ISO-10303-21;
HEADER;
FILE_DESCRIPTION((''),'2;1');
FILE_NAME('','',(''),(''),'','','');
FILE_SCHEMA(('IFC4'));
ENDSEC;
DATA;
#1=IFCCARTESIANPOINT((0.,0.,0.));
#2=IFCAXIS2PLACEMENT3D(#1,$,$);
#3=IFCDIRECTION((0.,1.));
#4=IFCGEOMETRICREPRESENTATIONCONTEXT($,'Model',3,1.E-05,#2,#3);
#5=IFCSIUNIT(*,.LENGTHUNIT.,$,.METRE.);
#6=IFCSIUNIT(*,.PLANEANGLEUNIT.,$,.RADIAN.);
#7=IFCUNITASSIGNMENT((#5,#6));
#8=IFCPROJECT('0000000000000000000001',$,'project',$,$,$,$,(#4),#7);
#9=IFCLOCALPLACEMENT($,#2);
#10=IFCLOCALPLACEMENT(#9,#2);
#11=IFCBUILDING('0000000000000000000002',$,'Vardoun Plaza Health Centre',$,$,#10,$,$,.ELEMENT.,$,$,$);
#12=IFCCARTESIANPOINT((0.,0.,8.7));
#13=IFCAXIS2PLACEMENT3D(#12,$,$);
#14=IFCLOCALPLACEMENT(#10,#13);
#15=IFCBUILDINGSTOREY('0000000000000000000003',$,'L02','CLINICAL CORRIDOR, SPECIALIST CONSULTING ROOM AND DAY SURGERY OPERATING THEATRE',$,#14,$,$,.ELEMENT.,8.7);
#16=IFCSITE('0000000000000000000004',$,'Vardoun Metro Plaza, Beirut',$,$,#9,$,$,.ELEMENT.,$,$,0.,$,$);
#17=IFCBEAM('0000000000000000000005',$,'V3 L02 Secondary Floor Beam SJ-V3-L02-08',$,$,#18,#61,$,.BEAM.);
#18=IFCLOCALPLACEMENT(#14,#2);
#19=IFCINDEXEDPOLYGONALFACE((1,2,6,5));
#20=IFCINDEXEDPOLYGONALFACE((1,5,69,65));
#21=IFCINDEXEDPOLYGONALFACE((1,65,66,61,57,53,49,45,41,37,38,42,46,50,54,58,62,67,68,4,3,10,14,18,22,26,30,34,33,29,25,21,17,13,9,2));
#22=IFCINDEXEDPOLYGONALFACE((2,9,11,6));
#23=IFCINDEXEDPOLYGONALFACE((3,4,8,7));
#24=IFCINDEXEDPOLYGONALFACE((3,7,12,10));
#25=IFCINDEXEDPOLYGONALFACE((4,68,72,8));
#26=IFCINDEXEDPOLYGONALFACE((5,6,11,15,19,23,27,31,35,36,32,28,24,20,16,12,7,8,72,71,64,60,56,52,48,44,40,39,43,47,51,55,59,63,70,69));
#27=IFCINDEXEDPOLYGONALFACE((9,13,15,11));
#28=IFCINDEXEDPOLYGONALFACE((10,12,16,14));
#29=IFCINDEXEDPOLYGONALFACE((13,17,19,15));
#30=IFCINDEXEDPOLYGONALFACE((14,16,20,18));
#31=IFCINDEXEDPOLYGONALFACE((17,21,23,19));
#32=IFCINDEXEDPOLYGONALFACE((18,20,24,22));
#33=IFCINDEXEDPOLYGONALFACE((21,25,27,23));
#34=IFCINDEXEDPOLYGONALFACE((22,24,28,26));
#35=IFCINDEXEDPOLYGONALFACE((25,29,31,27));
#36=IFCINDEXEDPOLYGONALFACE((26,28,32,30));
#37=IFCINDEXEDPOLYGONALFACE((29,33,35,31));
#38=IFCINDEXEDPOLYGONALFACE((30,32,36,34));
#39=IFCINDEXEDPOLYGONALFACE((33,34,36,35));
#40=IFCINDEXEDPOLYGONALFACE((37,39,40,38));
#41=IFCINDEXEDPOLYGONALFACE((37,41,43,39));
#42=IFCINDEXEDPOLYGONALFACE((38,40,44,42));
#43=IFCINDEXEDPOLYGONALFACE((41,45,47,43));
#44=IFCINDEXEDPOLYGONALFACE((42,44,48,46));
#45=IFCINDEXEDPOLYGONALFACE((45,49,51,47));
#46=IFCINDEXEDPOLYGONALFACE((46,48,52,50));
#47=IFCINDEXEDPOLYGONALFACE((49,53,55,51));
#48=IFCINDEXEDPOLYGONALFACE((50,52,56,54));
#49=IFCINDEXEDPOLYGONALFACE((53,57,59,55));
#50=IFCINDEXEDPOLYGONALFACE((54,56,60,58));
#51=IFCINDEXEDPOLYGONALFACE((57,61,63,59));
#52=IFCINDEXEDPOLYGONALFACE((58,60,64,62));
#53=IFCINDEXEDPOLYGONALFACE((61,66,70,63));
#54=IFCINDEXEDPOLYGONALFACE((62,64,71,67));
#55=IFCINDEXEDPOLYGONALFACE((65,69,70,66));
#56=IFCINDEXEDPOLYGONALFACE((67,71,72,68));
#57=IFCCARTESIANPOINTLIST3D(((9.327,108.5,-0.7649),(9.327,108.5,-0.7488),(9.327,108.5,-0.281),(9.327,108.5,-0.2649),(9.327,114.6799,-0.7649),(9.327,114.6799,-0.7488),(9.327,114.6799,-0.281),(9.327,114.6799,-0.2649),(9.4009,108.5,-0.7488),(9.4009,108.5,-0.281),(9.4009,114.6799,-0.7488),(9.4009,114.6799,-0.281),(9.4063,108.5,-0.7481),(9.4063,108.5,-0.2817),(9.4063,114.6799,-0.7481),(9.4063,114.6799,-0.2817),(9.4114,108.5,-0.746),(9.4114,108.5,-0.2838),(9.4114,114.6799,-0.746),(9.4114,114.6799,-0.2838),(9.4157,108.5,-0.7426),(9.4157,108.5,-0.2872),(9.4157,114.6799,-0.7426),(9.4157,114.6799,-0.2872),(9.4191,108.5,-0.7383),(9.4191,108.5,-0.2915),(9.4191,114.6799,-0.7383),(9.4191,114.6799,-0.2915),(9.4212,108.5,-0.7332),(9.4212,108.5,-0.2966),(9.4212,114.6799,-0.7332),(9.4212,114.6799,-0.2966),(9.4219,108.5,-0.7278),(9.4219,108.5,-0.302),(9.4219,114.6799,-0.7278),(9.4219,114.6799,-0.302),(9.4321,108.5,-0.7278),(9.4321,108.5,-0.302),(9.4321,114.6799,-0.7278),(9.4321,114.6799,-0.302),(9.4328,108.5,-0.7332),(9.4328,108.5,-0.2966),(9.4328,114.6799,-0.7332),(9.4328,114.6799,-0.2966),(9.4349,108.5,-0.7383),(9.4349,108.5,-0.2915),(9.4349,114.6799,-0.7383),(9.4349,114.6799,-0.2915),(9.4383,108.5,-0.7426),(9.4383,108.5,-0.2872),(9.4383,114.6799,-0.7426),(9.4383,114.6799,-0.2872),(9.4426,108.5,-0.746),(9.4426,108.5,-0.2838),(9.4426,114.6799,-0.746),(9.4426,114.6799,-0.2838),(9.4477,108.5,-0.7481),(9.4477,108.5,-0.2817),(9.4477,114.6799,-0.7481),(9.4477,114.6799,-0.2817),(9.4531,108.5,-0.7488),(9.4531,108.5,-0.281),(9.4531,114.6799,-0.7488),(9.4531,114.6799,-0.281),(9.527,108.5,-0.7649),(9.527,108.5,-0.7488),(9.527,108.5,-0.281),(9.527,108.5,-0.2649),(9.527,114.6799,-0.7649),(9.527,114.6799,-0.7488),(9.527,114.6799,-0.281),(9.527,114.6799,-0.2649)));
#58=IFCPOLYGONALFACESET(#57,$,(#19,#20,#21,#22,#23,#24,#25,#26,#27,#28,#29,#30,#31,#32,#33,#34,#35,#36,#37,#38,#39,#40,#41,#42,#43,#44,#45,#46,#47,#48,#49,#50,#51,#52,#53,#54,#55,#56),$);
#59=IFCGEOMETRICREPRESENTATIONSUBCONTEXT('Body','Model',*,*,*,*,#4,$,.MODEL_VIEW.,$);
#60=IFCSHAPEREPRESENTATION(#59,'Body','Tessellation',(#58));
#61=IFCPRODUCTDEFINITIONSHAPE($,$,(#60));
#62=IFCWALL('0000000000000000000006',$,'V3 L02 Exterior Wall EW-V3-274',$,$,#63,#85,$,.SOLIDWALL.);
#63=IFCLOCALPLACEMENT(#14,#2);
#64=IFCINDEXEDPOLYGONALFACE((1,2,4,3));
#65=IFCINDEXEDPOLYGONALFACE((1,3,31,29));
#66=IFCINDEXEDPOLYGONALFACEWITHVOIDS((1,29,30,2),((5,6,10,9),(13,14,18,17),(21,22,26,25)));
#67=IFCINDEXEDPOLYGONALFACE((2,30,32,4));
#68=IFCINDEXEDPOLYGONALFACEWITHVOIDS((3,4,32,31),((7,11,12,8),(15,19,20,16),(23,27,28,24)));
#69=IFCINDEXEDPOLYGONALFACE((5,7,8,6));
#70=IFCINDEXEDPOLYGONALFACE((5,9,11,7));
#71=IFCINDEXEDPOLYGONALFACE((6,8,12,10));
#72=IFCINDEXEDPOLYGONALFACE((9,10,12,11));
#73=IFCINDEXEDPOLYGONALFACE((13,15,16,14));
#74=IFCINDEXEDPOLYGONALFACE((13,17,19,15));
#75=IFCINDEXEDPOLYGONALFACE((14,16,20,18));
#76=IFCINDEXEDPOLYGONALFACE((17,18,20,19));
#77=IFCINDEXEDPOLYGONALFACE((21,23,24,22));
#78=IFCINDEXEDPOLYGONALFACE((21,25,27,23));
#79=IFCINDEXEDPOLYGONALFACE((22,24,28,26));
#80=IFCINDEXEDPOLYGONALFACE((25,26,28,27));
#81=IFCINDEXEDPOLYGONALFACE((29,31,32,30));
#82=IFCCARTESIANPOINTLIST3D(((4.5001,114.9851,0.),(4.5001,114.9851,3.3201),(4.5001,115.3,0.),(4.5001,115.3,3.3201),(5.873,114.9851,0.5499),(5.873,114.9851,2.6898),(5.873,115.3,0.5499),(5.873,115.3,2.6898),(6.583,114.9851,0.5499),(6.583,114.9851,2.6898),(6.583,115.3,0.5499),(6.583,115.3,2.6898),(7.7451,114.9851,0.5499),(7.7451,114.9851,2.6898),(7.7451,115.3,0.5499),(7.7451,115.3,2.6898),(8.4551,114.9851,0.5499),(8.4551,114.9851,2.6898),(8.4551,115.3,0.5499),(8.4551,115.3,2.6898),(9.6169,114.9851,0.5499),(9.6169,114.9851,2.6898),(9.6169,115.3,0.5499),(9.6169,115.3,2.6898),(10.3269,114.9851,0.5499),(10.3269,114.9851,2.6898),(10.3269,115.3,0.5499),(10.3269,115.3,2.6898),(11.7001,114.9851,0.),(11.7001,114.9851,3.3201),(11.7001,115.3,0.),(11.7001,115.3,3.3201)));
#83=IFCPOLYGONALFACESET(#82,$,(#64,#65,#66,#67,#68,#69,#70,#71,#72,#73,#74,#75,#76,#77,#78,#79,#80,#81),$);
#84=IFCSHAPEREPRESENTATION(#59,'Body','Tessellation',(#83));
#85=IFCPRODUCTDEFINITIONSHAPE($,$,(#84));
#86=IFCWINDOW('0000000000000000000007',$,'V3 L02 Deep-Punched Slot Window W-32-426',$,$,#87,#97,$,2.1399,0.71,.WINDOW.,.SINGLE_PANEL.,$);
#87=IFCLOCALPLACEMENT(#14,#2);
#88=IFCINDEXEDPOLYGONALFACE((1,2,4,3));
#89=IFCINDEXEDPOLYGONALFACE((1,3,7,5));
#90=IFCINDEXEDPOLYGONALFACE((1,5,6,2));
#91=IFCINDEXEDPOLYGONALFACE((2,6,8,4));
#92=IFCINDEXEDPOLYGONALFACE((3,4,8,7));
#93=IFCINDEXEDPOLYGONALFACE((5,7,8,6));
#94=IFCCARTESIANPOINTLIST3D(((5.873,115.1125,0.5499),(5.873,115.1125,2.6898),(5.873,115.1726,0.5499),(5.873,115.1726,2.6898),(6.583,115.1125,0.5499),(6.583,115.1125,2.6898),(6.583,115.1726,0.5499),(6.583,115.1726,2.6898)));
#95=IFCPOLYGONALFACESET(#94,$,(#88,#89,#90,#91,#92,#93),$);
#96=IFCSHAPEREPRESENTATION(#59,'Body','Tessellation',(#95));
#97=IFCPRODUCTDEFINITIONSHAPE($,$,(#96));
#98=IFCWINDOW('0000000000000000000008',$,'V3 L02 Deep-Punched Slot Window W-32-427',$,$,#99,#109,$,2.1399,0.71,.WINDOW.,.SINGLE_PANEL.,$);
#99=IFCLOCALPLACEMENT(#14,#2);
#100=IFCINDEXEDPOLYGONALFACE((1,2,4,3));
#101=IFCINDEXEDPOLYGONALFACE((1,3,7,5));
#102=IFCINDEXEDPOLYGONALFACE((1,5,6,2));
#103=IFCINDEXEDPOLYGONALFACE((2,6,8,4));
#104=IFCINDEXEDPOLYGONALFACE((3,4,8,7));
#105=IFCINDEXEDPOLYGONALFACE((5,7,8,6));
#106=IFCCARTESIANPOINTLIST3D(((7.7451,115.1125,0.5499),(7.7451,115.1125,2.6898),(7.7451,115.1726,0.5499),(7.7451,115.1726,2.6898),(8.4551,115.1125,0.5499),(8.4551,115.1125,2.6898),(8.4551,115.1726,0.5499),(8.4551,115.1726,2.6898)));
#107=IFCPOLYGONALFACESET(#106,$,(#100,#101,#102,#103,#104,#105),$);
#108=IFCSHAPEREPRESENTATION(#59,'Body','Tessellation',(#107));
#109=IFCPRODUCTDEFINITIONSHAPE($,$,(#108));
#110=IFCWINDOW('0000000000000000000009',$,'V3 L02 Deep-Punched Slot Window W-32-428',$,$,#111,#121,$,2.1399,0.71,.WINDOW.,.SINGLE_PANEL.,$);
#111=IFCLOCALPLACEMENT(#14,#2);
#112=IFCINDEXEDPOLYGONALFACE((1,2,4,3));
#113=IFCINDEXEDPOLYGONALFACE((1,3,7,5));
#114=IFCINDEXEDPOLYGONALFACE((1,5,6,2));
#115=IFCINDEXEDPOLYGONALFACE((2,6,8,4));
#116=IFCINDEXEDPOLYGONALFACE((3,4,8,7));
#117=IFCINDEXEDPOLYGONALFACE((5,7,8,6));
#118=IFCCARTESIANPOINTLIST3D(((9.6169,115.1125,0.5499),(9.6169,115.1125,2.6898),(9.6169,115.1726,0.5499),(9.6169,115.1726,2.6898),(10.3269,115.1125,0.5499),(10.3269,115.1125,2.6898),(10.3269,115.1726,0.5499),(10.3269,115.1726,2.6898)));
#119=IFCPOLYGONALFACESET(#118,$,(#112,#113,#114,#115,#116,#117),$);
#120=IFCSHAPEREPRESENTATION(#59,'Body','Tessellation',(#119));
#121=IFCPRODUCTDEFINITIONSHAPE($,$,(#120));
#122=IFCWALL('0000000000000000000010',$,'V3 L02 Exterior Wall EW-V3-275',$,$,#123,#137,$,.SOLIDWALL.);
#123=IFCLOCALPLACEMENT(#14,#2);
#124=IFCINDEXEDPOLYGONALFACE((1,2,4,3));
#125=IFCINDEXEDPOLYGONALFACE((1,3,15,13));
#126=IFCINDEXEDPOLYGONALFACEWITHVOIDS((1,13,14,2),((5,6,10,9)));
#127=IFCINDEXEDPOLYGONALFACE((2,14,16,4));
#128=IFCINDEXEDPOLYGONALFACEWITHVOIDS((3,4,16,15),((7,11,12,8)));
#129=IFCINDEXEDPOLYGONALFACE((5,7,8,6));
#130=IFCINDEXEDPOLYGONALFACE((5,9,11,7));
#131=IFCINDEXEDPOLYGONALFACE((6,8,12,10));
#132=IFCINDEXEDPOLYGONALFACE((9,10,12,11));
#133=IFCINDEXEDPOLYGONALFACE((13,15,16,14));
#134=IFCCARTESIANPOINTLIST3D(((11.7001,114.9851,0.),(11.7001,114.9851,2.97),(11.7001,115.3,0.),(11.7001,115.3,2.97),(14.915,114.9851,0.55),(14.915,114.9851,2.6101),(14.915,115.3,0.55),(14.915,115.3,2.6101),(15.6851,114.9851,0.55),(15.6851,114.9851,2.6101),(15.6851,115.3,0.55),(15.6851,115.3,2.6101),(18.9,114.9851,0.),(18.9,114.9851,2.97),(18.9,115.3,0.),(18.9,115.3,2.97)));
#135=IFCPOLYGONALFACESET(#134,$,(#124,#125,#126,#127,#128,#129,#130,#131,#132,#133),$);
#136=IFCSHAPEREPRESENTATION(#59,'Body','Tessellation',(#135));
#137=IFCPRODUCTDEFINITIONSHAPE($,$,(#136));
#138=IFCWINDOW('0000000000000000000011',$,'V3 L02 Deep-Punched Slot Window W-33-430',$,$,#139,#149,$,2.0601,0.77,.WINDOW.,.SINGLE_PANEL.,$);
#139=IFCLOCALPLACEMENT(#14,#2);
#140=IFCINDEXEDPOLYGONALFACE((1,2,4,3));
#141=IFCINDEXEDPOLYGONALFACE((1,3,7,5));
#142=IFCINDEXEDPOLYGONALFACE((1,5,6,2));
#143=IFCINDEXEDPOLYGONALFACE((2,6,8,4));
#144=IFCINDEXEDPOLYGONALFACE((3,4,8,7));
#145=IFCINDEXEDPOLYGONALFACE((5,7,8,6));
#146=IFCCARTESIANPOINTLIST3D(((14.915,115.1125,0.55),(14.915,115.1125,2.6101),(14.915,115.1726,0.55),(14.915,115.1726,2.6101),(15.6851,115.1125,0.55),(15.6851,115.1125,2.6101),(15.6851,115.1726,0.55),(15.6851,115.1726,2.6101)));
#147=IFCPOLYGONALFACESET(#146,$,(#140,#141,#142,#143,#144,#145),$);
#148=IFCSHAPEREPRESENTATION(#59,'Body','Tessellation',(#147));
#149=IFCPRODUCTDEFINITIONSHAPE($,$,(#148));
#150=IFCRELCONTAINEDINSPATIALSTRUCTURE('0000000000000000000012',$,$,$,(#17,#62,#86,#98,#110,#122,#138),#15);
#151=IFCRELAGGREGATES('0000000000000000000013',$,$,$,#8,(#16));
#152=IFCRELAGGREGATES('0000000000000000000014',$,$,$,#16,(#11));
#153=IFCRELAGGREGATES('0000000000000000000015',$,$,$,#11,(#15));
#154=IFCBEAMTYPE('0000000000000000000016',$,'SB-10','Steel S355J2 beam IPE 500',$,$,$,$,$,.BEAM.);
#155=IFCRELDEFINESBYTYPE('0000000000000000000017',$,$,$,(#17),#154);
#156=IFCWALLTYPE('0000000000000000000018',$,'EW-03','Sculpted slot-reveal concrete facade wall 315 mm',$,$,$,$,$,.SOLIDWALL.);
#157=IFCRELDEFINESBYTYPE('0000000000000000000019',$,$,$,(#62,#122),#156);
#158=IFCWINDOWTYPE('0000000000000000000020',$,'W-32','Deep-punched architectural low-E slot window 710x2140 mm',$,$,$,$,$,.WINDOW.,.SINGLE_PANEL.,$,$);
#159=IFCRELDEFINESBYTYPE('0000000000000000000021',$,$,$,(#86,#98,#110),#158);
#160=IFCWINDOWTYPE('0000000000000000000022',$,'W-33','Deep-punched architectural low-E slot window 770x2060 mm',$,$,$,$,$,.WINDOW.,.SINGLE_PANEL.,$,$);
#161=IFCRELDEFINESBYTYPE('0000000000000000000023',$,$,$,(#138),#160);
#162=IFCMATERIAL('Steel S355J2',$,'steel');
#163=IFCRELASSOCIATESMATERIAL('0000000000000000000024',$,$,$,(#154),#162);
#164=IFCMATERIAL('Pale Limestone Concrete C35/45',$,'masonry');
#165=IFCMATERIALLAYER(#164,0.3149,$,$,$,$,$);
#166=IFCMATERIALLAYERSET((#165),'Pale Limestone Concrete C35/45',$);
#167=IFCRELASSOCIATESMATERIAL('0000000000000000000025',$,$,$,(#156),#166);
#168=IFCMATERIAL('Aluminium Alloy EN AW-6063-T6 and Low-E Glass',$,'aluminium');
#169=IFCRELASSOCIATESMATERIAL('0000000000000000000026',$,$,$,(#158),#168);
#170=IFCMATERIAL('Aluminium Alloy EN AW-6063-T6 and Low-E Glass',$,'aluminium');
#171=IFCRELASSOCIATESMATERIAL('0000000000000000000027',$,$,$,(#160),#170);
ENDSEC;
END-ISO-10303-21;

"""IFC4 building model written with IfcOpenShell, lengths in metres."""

from ifc_helpers import new_model, si_unit, direction, frame, frame_2d, origin, origin_2d, place, context, subcontext, project, spatial, rectangle, i_section, extrude, material, layer, layer_set, material_profile, profile_set, type_object, element, fill, save


model = new_model("IFC4")

# Units and contexts
model_context = context("Model", 3, precision=1e-05, world=origin(), true_north=direction((0.0, 1.0)))
body_context = subcontext(model_context, "Body", "Model", "MODEL_VIEW")
ifc_project = project(units=[si_unit("LENGTHUNIT", "METRE"), si_unit("PLANEANGLEUNIT", "RADIAN")], contexts=[model_context])

# Site, building, storey
site_placement = place(None, origin())
site = spatial("IfcSite", under=ifc_project, at=site_placement, Name="Vardoun Metro Plaza, Beirut", CompositionType="ELEMENT", RefElevation=0.0)
building_placement = place(site_placement, origin())
building = spatial("IfcBuilding", under=site, at=building_placement, Name="Vardoun Plaza Health Centre", CompositionType="ELEMENT")
storey_placement = place(building_placement, frame((0.0, 0.0, 8.7)))
storey = spatial("IfcBuildingStorey", under=building, at=storey_placement, Name="L02", Description="CLINICAL CORRIDOR, SPECIALIST CONSULTING ROOM AND DAY SURGERY OPERATING THEATRE", CompositionType="ELEMENT", Elevation=8.7)

# Beam
ifc_material_1 = material(Name="Steel S355J2", Category="steel")
ifc_material_profile_1 = material_profile(ifc_material_1, i_section(OverallWidth=0.2, OverallDepth=0.5, WebThickness=0.0103, FlangeThickness=0.0161, FilletRadius=0.021, at=origin_2d()), Name="IPE 500")
ifc_profile_set_1 = profile_set([ifc_material_profile_1], Name="Steel S355J2")
beam_type_1 = type_object("IfcBeamType", Name="SB-10", Description="Steel S355J2 beam IPE 500", PredefinedType="BEAM", material=ifc_profile_set_1)
beam_1_placement = place(storey_placement, frame((9.427, 108.5, -0.5149), z_axis=(0.0, 1.0, 0.0), x_axis=(-1.0, 0.0, 0.0)))
element("IfcBeam", 1, at=beam_1_placement, inside=storey, type_object=beam_type_1, Name="V3 L02 Secondary Floor Beam SJ-V3-L02-08", PredefinedType="BEAM", context=body_context, shape_type="SweptSolid", body=[
    extrude(i_section(OverallWidth=0.2, OverallDepth=0.5, WebThickness=0.0103, FlangeThickness=0.0161, FilletRadius=0.021, at=origin_2d()), origin(), (0.0, 0.0, 1.0), 6.1799),
])

# Wall, openings, windows
ifc_material_2 = material(Name="Pale Limestone Concrete C35/45", Category="masonry")
ifc_layer = layer(ifc_material_2, 0.3149)
ifc_layer_set = layer_set([ifc_layer], Name="Pale Limestone Concrete C35/45")
wall_type = type_object("IfcWallType", Name="EW-03", Description="Sculpted slot-reveal concrete facade wall 315 mm", PredefinedType="SOLIDWALL", material=ifc_layer_set)
wall_1_placement = place(storey_placement, frame((4.5, 115.1426, 0.0), z_axis=(0.0, 0.0, 1.0), x_axis=(1.0, 0.0, 0.0)))
wall_1 = element("IfcWall", 2, at=wall_1_placement, inside=storey, type_object=wall_type, Name="V3 L02 Exterior Wall EW-V3-274", PredefinedType="SOLIDWALL", context=body_context, shape_type="SweptSolid", body=[
    extrude(rectangle(XDim=7.2, YDim=0.3149, at=frame_2d((3.6001, 0.0))), origin(), (0.0, 0.0, 1.0), 3.3201),
])
opening_1_placement = place(wall_1_placement, frame((1.373, 0.0, 0.55)))
opening_1 = element("IfcOpeningElement", 3, at=opening_1_placement, cuts=wall_1, PredefinedType="OPENING", context=body_context, shape_type="SweptSolid", body=[
    extrude(rectangle(XDim=0.71, YDim=2.1399, at=frame_2d((0.355, 1.0698))), frame((0.0, 0.1575, 0.0), z_axis=(0.0, -1.0, 0.0), x_axis=(1.0, 0.0, 0.0)), (0.0, 0.0, 1.0), 0.3149),
])
opening_2_placement = place(wall_1_placement, frame((3.2451, 0.0, 0.55)))
opening_2 = element("IfcOpeningElement", 4, at=opening_2_placement, cuts=wall_1, PredefinedType="OPENING", context=body_context, shape_type="SweptSolid", body=[
    extrude(rectangle(XDim=0.71, YDim=2.1399, at=frame_2d((0.355, 1.0698))), frame((0.0, 0.1575, 0.0), z_axis=(0.0, -1.0, 0.0), x_axis=(1.0, 0.0, 0.0)), (0.0, 0.0, 1.0), 0.3149),
])
opening_3_placement = place(wall_1_placement, frame((5.1169, 0.0, 0.55)))
opening_3 = element("IfcOpeningElement", 5, at=opening_3_placement, cuts=wall_1, PredefinedType="OPENING", context=body_context, shape_type="SweptSolid", body=[
    extrude(rectangle(XDim=0.71, YDim=2.1399, at=frame_2d((0.355, 1.0698))), frame((0.0, 0.1575, 0.0), z_axis=(0.0, -1.0, 0.0), x_axis=(1.0, 0.0, 0.0)), (0.0, 0.0, 1.0), 0.3149),
])
ifc_material_3 = material(Name="Aluminium Alloy EN AW-6063-T6 and Low-E Glass", Category="aluminium")
window_type_1 = type_object("IfcWindowType", Name="W-32", Description="Deep-punched architectural low-E slot window 710x2140 mm", PartitioningType="SINGLE_PANEL", PredefinedType="WINDOW", material=ifc_material_3)
window_1_placement = place(opening_1_placement, origin())
window_1 = element("IfcWindow", 6, at=window_1_placement, inside=storey, type_object=window_type_1, Name="V3 L02 Deep-Punched Slot Window W-32-426", OverallHeight=2.1399, OverallWidth=0.71, PartitioningType="SINGLE_PANEL", PredefinedType="WINDOW", context=body_context, shape_type="SweptSolid", body=[
    extrude(rectangle(XDim=0.71, YDim=2.1399, at=frame_2d((0.355, 1.0698))), frame((0.0, 0.03, 0.0), z_axis=(0.0, -1.0, 0.0), x_axis=(1.0, 0.0, 0.0)), (0.0, 0.0, 1.0), 0.0601),
])
fill(opening_1, window_1)
window_2_placement = place(opening_2_placement, origin())
window_2 = element("IfcWindow", 7, at=window_2_placement, inside=storey, type_object=window_type_1, Name="V3 L02 Deep-Punched Slot Window W-32-427", OverallHeight=2.1399, OverallWidth=0.71, PartitioningType="SINGLE_PANEL", PredefinedType="WINDOW", context=body_context, shape_type="SweptSolid", body=[
    extrude(rectangle(XDim=0.71, YDim=2.1399, at=frame_2d((0.355, 1.0698))), frame((0.0, 0.03, 0.0), z_axis=(0.0, -1.0, 0.0), x_axis=(1.0, 0.0, 0.0)), (0.0, 0.0, 1.0), 0.0601),
])
fill(opening_2, window_2)
window_3_placement = place(opening_3_placement, origin())
window_3 = element("IfcWindow", 8, at=window_3_placement, inside=storey, type_object=window_type_1, Name="V3 L02 Deep-Punched Slot Window W-32-428", OverallHeight=2.1399, OverallWidth=0.71, PartitioningType="SINGLE_PANEL", PredefinedType="WINDOW", context=body_context, shape_type="SweptSolid", body=[
    extrude(rectangle(XDim=0.71, YDim=2.1399, at=frame_2d((0.355, 1.0698))), frame((0.0, 0.03, 0.0), z_axis=(0.0, -1.0, 0.0), x_axis=(1.0, 0.0, 0.0)), (0.0, 0.0, 1.0), 0.0601),
])
fill(opening_3, window_3)

# Wall, opening, window
wall_2_placement = place(storey_placement, frame((11.7, 115.1426, 0.0), z_axis=(0.0, 0.0, 1.0), x_axis=(1.0, 0.0, 0.0)))
wall_2 = element("IfcWall", 9, at=wall_2_placement, inside=storey, type_object=wall_type, Name="V3 L02 Exterior Wall EW-V3-275", PredefinedType="SOLIDWALL", context=body_context, shape_type="SweptSolid", body=[
    extrude(rectangle(XDim=7.2, YDim=0.3149, at=frame_2d((3.6001, 0.0))), origin(), (0.0, 0.0, 1.0), 2.97),
])
opening_4_placement = place(wall_2_placement, frame((3.2151, 0.0, 0.55)))
opening_4 = element("IfcOpeningElement", 10, at=opening_4_placement, cuts=wall_2, PredefinedType="OPENING", context=body_context, shape_type="SweptSolid", body=[
    extrude(rectangle(XDim=0.77, YDim=2.0601, at=frame_2d((0.385, 1.03))), frame((0.0, 0.1575, 0.0), z_axis=(0.0, -1.0, 0.0), x_axis=(1.0, 0.0, 0.0)), (0.0, 0.0, 1.0), 0.3149),
])
ifc_material_4 = material(Name="Aluminium Alloy EN AW-6063-T6 and Low-E Glass", Category="aluminium")
window_type_2 = type_object("IfcWindowType", Name="W-33", Description="Deep-punched architectural low-E slot window 770x2060 mm", PartitioningType="SINGLE_PANEL", PredefinedType="WINDOW", material=ifc_material_4)
window_4_placement = place(opening_4_placement, origin())
window_4 = element("IfcWindow", 11, at=window_4_placement, inside=storey, type_object=window_type_2, Name="V3 L02 Deep-Punched Slot Window W-33-430", OverallHeight=2.0601, OverallWidth=0.77, PartitioningType="SINGLE_PANEL", PredefinedType="WINDOW", context=body_context, shape_type="SweptSolid", body=[
    extrude(rectangle(XDim=0.77, YDim=2.0601, at=frame_2d((0.385, 1.03))), frame((0.0, 0.03, 0.0), z_axis=(0.0, -1.0, 0.0), x_axis=(1.0, 0.0, 0.0)), (0.0, 0.0, 1.0), 0.0601),
])
fill(opening_4, window_4)

save(model, "model.ifc")
